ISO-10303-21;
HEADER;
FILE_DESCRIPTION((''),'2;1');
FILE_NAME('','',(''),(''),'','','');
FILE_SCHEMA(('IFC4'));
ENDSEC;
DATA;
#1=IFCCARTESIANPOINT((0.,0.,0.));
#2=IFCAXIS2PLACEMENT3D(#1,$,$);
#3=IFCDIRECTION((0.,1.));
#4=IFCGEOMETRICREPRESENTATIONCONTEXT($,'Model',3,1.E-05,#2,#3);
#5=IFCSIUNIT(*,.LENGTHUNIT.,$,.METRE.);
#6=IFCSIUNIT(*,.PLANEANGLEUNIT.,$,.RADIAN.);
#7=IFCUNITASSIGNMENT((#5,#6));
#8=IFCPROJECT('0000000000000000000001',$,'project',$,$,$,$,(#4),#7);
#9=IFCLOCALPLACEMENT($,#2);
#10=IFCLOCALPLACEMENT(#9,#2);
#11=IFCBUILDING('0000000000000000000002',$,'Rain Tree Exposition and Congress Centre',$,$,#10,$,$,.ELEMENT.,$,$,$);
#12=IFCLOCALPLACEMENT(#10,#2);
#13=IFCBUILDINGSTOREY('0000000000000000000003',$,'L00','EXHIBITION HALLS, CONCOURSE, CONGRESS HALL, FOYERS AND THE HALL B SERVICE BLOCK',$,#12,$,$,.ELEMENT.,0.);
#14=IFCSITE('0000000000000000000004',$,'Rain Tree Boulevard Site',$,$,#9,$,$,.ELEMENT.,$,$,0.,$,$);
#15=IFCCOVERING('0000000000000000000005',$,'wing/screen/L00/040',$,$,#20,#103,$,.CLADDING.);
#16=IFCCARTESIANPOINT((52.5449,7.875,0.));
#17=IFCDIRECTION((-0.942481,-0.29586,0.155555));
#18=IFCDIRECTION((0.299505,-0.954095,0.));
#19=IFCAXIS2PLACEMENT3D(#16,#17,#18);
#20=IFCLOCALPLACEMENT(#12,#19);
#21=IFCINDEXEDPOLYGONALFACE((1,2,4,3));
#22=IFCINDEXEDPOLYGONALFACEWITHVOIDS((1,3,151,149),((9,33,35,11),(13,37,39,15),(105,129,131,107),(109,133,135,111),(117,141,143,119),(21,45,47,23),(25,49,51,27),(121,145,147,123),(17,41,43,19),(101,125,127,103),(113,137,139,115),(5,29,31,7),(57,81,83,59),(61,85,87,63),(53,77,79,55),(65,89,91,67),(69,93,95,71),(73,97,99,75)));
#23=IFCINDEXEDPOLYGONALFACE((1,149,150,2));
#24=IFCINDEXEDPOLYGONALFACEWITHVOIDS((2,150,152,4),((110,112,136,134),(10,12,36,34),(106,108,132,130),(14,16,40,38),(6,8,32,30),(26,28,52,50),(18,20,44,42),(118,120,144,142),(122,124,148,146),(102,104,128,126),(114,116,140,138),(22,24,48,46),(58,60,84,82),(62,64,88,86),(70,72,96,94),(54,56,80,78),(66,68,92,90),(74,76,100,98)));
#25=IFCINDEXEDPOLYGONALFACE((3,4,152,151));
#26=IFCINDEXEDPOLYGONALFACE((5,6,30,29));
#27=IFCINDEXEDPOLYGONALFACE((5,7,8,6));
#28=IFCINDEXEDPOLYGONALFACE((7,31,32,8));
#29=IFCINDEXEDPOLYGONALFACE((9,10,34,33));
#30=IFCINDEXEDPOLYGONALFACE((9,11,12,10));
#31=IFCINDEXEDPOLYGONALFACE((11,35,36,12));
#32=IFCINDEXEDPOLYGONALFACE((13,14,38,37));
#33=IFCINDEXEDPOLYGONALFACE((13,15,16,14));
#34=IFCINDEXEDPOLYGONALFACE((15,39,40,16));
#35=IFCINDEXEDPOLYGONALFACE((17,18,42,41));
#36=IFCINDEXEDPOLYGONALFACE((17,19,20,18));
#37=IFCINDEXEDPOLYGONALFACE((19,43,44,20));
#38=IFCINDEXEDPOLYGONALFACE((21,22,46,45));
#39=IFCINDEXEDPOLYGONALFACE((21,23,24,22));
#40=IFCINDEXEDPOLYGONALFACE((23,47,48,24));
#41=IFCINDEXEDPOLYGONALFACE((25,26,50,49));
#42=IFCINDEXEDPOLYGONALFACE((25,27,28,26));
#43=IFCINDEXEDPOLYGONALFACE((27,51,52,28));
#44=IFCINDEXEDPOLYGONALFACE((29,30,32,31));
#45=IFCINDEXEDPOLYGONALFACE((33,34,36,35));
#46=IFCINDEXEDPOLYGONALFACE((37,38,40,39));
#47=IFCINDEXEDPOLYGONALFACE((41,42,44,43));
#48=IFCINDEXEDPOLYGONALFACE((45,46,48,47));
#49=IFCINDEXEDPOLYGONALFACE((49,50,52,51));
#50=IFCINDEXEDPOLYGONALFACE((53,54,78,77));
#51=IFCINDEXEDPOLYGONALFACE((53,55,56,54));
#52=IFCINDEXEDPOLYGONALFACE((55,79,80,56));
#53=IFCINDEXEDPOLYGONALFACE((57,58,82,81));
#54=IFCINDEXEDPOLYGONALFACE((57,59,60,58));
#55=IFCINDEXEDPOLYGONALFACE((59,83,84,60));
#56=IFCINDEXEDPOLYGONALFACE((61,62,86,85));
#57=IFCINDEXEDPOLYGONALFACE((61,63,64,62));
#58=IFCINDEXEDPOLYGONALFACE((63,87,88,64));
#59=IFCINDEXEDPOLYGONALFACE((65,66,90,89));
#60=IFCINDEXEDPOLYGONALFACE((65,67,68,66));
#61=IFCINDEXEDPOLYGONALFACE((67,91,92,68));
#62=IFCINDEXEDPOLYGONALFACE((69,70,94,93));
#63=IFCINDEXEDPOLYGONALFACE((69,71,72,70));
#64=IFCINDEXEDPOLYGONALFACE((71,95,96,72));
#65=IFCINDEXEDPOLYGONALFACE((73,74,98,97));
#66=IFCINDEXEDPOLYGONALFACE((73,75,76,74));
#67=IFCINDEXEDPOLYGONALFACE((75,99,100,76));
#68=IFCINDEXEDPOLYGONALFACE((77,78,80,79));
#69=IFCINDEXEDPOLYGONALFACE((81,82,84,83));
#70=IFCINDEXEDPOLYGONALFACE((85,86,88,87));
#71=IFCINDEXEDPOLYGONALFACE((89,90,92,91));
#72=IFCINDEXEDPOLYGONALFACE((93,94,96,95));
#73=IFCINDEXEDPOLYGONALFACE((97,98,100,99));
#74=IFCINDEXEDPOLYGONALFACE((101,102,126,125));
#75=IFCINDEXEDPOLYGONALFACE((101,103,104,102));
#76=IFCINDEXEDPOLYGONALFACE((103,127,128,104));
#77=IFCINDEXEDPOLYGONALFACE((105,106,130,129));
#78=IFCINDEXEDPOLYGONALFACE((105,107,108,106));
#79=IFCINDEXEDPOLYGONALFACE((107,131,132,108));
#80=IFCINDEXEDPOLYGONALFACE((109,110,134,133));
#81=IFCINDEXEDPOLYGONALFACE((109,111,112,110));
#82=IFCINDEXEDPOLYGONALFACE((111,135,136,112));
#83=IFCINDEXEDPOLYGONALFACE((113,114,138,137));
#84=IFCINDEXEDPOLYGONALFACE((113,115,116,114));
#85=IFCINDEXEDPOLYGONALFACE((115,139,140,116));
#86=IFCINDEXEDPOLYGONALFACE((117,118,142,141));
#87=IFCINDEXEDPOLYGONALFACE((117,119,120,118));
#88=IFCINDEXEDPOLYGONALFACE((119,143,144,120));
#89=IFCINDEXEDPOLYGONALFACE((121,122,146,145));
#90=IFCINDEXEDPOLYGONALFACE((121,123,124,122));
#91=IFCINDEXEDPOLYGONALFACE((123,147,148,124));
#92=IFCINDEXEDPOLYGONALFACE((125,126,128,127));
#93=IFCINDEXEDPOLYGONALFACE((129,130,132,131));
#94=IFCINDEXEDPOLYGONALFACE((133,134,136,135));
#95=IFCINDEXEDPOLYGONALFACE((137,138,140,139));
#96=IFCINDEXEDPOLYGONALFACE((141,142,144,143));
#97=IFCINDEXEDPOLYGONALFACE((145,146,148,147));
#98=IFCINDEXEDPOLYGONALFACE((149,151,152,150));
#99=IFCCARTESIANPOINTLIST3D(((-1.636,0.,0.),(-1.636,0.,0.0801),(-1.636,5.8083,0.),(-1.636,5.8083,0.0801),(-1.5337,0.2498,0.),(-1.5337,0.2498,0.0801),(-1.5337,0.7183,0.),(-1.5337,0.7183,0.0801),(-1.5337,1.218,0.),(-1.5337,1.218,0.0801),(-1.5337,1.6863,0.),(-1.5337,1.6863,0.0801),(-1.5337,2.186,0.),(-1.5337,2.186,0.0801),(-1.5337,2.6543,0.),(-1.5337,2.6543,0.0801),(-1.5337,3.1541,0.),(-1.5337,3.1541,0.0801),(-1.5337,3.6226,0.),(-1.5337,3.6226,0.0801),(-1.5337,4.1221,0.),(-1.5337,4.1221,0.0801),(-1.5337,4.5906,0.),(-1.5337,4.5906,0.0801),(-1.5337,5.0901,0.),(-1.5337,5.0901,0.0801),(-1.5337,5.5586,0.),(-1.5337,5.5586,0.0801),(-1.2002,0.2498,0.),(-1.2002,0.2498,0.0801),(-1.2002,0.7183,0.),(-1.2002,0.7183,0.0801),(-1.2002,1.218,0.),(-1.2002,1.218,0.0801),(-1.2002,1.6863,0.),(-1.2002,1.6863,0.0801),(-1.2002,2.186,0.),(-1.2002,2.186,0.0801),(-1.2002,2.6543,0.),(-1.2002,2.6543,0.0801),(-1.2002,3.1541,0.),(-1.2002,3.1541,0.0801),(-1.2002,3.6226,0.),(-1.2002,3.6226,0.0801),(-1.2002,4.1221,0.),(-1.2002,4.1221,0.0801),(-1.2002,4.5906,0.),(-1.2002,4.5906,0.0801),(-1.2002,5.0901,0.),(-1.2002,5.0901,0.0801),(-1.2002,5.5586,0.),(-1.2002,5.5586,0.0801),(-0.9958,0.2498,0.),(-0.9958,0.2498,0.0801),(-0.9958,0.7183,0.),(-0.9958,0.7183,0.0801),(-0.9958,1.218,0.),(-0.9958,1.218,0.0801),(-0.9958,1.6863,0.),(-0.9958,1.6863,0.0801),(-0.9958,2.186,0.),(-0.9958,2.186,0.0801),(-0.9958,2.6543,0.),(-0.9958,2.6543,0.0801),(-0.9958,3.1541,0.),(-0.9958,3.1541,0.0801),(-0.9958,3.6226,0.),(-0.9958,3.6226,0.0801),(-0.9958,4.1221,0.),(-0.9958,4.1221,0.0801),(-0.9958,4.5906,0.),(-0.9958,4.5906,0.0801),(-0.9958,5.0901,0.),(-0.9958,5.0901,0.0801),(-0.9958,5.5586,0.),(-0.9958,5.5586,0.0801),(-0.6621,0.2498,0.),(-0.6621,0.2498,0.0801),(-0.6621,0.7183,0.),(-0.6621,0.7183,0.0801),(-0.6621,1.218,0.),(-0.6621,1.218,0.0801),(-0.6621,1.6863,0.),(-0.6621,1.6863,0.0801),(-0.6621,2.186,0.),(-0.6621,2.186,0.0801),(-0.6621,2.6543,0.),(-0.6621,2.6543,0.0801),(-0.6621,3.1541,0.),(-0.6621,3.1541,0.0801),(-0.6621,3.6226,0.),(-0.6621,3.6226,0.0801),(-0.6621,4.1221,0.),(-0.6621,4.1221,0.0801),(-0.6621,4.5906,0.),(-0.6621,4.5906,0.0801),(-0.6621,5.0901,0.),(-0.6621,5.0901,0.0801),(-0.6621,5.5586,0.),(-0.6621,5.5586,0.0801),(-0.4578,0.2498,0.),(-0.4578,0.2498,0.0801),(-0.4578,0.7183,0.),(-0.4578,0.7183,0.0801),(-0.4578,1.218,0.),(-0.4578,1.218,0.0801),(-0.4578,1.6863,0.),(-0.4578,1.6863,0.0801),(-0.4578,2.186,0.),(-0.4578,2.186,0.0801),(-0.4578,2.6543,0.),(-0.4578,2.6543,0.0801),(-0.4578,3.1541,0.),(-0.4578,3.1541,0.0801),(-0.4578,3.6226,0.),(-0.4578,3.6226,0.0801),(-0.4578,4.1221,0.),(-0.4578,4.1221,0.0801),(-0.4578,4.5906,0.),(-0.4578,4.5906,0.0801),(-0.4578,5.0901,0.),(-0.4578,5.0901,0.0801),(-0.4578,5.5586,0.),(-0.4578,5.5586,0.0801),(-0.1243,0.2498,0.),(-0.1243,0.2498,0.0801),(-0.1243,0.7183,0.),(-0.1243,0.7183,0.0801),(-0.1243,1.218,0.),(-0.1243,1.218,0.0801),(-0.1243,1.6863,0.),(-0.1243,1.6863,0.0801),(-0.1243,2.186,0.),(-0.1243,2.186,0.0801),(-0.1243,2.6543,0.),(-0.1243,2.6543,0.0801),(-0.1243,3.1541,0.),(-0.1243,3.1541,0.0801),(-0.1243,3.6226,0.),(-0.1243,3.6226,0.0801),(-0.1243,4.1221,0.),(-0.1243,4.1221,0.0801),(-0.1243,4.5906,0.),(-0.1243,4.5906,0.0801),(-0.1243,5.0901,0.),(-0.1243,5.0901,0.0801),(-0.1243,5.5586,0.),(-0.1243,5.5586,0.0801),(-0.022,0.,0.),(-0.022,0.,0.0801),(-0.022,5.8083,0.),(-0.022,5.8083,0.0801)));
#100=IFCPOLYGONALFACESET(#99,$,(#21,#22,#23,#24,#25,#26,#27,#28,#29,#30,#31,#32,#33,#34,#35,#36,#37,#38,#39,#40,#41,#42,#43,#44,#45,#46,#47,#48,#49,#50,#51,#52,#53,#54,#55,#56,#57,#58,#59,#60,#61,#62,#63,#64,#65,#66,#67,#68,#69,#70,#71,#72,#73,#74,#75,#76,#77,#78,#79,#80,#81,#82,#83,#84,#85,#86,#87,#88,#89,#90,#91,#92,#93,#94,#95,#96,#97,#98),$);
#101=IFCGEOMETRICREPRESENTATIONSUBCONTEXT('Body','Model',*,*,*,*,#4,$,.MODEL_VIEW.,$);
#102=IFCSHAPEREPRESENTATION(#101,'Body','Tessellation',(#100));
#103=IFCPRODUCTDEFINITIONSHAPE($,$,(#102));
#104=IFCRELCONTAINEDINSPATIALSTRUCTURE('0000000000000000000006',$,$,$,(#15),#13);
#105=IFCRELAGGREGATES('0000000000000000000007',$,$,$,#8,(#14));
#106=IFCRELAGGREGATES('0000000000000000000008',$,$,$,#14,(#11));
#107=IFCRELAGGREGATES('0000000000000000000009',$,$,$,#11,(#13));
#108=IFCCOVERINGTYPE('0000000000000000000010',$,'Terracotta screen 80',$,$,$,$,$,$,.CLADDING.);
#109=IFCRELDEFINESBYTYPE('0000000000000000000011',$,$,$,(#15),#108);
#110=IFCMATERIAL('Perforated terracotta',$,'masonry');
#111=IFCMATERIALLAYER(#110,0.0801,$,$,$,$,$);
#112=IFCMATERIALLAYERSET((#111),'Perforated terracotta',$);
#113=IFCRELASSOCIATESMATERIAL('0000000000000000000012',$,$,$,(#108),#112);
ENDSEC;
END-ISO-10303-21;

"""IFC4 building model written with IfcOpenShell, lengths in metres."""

from ifc_helpers import new_model, si_unit, direction, frame, origin, place, context, subcontext, project, spatial, polyline, outline, extrude, material, layer, layer_set, type_object, element, save


model = new_model("IFC4")

# Units and contexts
model_context = context("Model", 3, precision=1e-05, world=origin(), true_north=direction((0.0, 1.0)))
body_context = subcontext(model_context, "Body", "Model", "MODEL_VIEW")
ifc_project = project(units=[si_unit("LENGTHUNIT", "METRE"), si_unit("PLANEANGLEUNIT", "RADIAN")], contexts=[model_context])

# Site, building, storey
site_placement = place(None, origin())
site = spatial("IfcSite", under=ifc_project, at=site_placement, Name="Rain Tree Boulevard Site", CompositionType="ELEMENT", RefElevation=0.0)
building_placement = place(site_placement, origin())
building = spatial("IfcBuilding", under=site, at=building_placement, Name="Rain Tree Exposition and Congress Centre", CompositionType="ELEMENT")
storey_placement = place(building_placement, origin())
storey = spatial("IfcBuildingStorey", under=building, at=storey_placement, Name="L00", Description="EXHIBITION HALLS, CONCOURSE, CONGRESS HALL, FOYERS AND THE HALL B SERVICE BLOCK", CompositionType="ELEMENT", Elevation=0.0)

# Covering
ifc_material_1 = material(Name="Perforated terracotta", Category="masonry")
ifc_layer = layer(ifc_material_1, 0.0801)
ifc_layer_set = layer_set([ifc_layer], Name="Perforated terracotta")
covering_type = type_object("IfcCoveringType", Name="Terracotta screen 80", PredefinedType="CLADDING", material=ifc_layer_set)
covering_1_placement = place(storey_placement, frame((52.5449, 7.875, 0.0), z_axis=(-0.942481, -0.29586, 0.155555), x_axis=(0.299505, -0.954095, 0.0)))
element("IfcCovering", 1, at=covering_1_placement, inside=storey, type_object=covering_type, Name="wing/screen/L00/040", PredefinedType="CLADDING", context=body_context, shape_type="SweptSolid", body=[
    extrude(outline(polyline([(-0.022, 5.8083), (-0.022, 0.0), (-1.636, 0.0), (-1.636, 5.8083), (-0.022, 5.8083)]), holes=[polyline([(-0.1243, 0.2498), (-0.1243, 0.7183), (-0.4578, 0.7183), (-0.4578, 0.2498), (-0.1243, 0.2498)]), polyline([(-0.1243, 1.218), (-0.1243, 1.6863), (-0.4578, 1.6863), (-0.4578, 1.218), (-0.1243, 1.218)]), polyline([(-0.1243, 2.186), (-0.1243, 2.6543), (-0.4578, 2.6543), (-0.4578, 2.186), (-0.1243, 2.186)]), polyline([(-0.1243, 3.1541), (-0.1243, 3.6226), (-0.4578, 3.6226), (-0.4578, 3.1541), (-0.1243, 3.1541)]), polyline([(-0.1243, 4.1221), (-0.1243, 4.5906), (-0.4578, 4.5906), (-0.4578, 4.1221), (-0.1243, 4.1221)]), polyline([(-0.1243, 5.0901), (-0.1243, 5.5586), (-0.4578, 5.5586), (-0.4578, 5.0901), (-0.1243, 5.0901)]), polyline([(-0.6621, 0.2498), (-0.6621, 0.7183), (-0.9958, 0.7183), (-0.9958, 0.2498), (-0.6621, 0.2498)]), polyline([(-0.6621, 1.218), (-0.6621, 1.6863), (-0.9958, 1.6863), (-0.9958, 1.218), (-0.6621, 1.218)]), polyline([(-0.6621, 2.186), (-0.6621, 2.6543), (-0.9958, 2.6543), (-0.9958, 2.186), (-0.6621, 2.186)]), polyline([(-0.6621, 3.1541), (-0.6621, 3.6226), (-0.9958, 3.6226), (-0.9958, 3.1541), (-0.6621, 3.1541)]), polyline([(-0.6621, 4.1221), (-0.6621, 4.5906), (-0.9958, 4.5906), (-0.9958, 4.1221), (-0.6621, 4.1221)]), polyline([(-0.6621, 5.0901), (-0.6621, 5.5586), (-0.9958, 5.5586), (-0.9958, 5.0901), (-0.6621, 5.0901)]), polyline([(-1.2002, 0.2498), (-1.2002, 0.7183), (-1.5337, 0.7183), (-1.5337, 0.2498), (-1.2002, 0.2498)]), polyline([(-1.2002, 1.218), (-1.2002, 1.6863), (-1.5337, 1.6863), (-1.5337, 1.218), (-1.2002, 1.218)]), polyline([(-1.2002, 2.186), (-1.2002, 2.6543), (-1.5337, 2.6543), (-1.5337, 2.186), (-1.2002, 2.186)]), polyline([(-1.2002, 3.1541), (-1.2002, 3.6226), (-1.5337, 3.6226), (-1.5337, 3.1541), (-1.2002, 3.1541)]), polyline([(-1.2002, 4.1221), (-1.2002, 4.5906), (-1.5337, 4.5906), (-1.5337, 4.1221), (-1.2002, 4.1221)]), polyline([(-1.2002, 5.0901), (-1.2002, 5.5586), (-1.5337, 5.5586), (-1.5337, 5.0901), (-1.2002, 5.0901)])]), origin(), (0.0, 0.0, 1.0), 0.0801),
])

save(model, "model.ifc")
